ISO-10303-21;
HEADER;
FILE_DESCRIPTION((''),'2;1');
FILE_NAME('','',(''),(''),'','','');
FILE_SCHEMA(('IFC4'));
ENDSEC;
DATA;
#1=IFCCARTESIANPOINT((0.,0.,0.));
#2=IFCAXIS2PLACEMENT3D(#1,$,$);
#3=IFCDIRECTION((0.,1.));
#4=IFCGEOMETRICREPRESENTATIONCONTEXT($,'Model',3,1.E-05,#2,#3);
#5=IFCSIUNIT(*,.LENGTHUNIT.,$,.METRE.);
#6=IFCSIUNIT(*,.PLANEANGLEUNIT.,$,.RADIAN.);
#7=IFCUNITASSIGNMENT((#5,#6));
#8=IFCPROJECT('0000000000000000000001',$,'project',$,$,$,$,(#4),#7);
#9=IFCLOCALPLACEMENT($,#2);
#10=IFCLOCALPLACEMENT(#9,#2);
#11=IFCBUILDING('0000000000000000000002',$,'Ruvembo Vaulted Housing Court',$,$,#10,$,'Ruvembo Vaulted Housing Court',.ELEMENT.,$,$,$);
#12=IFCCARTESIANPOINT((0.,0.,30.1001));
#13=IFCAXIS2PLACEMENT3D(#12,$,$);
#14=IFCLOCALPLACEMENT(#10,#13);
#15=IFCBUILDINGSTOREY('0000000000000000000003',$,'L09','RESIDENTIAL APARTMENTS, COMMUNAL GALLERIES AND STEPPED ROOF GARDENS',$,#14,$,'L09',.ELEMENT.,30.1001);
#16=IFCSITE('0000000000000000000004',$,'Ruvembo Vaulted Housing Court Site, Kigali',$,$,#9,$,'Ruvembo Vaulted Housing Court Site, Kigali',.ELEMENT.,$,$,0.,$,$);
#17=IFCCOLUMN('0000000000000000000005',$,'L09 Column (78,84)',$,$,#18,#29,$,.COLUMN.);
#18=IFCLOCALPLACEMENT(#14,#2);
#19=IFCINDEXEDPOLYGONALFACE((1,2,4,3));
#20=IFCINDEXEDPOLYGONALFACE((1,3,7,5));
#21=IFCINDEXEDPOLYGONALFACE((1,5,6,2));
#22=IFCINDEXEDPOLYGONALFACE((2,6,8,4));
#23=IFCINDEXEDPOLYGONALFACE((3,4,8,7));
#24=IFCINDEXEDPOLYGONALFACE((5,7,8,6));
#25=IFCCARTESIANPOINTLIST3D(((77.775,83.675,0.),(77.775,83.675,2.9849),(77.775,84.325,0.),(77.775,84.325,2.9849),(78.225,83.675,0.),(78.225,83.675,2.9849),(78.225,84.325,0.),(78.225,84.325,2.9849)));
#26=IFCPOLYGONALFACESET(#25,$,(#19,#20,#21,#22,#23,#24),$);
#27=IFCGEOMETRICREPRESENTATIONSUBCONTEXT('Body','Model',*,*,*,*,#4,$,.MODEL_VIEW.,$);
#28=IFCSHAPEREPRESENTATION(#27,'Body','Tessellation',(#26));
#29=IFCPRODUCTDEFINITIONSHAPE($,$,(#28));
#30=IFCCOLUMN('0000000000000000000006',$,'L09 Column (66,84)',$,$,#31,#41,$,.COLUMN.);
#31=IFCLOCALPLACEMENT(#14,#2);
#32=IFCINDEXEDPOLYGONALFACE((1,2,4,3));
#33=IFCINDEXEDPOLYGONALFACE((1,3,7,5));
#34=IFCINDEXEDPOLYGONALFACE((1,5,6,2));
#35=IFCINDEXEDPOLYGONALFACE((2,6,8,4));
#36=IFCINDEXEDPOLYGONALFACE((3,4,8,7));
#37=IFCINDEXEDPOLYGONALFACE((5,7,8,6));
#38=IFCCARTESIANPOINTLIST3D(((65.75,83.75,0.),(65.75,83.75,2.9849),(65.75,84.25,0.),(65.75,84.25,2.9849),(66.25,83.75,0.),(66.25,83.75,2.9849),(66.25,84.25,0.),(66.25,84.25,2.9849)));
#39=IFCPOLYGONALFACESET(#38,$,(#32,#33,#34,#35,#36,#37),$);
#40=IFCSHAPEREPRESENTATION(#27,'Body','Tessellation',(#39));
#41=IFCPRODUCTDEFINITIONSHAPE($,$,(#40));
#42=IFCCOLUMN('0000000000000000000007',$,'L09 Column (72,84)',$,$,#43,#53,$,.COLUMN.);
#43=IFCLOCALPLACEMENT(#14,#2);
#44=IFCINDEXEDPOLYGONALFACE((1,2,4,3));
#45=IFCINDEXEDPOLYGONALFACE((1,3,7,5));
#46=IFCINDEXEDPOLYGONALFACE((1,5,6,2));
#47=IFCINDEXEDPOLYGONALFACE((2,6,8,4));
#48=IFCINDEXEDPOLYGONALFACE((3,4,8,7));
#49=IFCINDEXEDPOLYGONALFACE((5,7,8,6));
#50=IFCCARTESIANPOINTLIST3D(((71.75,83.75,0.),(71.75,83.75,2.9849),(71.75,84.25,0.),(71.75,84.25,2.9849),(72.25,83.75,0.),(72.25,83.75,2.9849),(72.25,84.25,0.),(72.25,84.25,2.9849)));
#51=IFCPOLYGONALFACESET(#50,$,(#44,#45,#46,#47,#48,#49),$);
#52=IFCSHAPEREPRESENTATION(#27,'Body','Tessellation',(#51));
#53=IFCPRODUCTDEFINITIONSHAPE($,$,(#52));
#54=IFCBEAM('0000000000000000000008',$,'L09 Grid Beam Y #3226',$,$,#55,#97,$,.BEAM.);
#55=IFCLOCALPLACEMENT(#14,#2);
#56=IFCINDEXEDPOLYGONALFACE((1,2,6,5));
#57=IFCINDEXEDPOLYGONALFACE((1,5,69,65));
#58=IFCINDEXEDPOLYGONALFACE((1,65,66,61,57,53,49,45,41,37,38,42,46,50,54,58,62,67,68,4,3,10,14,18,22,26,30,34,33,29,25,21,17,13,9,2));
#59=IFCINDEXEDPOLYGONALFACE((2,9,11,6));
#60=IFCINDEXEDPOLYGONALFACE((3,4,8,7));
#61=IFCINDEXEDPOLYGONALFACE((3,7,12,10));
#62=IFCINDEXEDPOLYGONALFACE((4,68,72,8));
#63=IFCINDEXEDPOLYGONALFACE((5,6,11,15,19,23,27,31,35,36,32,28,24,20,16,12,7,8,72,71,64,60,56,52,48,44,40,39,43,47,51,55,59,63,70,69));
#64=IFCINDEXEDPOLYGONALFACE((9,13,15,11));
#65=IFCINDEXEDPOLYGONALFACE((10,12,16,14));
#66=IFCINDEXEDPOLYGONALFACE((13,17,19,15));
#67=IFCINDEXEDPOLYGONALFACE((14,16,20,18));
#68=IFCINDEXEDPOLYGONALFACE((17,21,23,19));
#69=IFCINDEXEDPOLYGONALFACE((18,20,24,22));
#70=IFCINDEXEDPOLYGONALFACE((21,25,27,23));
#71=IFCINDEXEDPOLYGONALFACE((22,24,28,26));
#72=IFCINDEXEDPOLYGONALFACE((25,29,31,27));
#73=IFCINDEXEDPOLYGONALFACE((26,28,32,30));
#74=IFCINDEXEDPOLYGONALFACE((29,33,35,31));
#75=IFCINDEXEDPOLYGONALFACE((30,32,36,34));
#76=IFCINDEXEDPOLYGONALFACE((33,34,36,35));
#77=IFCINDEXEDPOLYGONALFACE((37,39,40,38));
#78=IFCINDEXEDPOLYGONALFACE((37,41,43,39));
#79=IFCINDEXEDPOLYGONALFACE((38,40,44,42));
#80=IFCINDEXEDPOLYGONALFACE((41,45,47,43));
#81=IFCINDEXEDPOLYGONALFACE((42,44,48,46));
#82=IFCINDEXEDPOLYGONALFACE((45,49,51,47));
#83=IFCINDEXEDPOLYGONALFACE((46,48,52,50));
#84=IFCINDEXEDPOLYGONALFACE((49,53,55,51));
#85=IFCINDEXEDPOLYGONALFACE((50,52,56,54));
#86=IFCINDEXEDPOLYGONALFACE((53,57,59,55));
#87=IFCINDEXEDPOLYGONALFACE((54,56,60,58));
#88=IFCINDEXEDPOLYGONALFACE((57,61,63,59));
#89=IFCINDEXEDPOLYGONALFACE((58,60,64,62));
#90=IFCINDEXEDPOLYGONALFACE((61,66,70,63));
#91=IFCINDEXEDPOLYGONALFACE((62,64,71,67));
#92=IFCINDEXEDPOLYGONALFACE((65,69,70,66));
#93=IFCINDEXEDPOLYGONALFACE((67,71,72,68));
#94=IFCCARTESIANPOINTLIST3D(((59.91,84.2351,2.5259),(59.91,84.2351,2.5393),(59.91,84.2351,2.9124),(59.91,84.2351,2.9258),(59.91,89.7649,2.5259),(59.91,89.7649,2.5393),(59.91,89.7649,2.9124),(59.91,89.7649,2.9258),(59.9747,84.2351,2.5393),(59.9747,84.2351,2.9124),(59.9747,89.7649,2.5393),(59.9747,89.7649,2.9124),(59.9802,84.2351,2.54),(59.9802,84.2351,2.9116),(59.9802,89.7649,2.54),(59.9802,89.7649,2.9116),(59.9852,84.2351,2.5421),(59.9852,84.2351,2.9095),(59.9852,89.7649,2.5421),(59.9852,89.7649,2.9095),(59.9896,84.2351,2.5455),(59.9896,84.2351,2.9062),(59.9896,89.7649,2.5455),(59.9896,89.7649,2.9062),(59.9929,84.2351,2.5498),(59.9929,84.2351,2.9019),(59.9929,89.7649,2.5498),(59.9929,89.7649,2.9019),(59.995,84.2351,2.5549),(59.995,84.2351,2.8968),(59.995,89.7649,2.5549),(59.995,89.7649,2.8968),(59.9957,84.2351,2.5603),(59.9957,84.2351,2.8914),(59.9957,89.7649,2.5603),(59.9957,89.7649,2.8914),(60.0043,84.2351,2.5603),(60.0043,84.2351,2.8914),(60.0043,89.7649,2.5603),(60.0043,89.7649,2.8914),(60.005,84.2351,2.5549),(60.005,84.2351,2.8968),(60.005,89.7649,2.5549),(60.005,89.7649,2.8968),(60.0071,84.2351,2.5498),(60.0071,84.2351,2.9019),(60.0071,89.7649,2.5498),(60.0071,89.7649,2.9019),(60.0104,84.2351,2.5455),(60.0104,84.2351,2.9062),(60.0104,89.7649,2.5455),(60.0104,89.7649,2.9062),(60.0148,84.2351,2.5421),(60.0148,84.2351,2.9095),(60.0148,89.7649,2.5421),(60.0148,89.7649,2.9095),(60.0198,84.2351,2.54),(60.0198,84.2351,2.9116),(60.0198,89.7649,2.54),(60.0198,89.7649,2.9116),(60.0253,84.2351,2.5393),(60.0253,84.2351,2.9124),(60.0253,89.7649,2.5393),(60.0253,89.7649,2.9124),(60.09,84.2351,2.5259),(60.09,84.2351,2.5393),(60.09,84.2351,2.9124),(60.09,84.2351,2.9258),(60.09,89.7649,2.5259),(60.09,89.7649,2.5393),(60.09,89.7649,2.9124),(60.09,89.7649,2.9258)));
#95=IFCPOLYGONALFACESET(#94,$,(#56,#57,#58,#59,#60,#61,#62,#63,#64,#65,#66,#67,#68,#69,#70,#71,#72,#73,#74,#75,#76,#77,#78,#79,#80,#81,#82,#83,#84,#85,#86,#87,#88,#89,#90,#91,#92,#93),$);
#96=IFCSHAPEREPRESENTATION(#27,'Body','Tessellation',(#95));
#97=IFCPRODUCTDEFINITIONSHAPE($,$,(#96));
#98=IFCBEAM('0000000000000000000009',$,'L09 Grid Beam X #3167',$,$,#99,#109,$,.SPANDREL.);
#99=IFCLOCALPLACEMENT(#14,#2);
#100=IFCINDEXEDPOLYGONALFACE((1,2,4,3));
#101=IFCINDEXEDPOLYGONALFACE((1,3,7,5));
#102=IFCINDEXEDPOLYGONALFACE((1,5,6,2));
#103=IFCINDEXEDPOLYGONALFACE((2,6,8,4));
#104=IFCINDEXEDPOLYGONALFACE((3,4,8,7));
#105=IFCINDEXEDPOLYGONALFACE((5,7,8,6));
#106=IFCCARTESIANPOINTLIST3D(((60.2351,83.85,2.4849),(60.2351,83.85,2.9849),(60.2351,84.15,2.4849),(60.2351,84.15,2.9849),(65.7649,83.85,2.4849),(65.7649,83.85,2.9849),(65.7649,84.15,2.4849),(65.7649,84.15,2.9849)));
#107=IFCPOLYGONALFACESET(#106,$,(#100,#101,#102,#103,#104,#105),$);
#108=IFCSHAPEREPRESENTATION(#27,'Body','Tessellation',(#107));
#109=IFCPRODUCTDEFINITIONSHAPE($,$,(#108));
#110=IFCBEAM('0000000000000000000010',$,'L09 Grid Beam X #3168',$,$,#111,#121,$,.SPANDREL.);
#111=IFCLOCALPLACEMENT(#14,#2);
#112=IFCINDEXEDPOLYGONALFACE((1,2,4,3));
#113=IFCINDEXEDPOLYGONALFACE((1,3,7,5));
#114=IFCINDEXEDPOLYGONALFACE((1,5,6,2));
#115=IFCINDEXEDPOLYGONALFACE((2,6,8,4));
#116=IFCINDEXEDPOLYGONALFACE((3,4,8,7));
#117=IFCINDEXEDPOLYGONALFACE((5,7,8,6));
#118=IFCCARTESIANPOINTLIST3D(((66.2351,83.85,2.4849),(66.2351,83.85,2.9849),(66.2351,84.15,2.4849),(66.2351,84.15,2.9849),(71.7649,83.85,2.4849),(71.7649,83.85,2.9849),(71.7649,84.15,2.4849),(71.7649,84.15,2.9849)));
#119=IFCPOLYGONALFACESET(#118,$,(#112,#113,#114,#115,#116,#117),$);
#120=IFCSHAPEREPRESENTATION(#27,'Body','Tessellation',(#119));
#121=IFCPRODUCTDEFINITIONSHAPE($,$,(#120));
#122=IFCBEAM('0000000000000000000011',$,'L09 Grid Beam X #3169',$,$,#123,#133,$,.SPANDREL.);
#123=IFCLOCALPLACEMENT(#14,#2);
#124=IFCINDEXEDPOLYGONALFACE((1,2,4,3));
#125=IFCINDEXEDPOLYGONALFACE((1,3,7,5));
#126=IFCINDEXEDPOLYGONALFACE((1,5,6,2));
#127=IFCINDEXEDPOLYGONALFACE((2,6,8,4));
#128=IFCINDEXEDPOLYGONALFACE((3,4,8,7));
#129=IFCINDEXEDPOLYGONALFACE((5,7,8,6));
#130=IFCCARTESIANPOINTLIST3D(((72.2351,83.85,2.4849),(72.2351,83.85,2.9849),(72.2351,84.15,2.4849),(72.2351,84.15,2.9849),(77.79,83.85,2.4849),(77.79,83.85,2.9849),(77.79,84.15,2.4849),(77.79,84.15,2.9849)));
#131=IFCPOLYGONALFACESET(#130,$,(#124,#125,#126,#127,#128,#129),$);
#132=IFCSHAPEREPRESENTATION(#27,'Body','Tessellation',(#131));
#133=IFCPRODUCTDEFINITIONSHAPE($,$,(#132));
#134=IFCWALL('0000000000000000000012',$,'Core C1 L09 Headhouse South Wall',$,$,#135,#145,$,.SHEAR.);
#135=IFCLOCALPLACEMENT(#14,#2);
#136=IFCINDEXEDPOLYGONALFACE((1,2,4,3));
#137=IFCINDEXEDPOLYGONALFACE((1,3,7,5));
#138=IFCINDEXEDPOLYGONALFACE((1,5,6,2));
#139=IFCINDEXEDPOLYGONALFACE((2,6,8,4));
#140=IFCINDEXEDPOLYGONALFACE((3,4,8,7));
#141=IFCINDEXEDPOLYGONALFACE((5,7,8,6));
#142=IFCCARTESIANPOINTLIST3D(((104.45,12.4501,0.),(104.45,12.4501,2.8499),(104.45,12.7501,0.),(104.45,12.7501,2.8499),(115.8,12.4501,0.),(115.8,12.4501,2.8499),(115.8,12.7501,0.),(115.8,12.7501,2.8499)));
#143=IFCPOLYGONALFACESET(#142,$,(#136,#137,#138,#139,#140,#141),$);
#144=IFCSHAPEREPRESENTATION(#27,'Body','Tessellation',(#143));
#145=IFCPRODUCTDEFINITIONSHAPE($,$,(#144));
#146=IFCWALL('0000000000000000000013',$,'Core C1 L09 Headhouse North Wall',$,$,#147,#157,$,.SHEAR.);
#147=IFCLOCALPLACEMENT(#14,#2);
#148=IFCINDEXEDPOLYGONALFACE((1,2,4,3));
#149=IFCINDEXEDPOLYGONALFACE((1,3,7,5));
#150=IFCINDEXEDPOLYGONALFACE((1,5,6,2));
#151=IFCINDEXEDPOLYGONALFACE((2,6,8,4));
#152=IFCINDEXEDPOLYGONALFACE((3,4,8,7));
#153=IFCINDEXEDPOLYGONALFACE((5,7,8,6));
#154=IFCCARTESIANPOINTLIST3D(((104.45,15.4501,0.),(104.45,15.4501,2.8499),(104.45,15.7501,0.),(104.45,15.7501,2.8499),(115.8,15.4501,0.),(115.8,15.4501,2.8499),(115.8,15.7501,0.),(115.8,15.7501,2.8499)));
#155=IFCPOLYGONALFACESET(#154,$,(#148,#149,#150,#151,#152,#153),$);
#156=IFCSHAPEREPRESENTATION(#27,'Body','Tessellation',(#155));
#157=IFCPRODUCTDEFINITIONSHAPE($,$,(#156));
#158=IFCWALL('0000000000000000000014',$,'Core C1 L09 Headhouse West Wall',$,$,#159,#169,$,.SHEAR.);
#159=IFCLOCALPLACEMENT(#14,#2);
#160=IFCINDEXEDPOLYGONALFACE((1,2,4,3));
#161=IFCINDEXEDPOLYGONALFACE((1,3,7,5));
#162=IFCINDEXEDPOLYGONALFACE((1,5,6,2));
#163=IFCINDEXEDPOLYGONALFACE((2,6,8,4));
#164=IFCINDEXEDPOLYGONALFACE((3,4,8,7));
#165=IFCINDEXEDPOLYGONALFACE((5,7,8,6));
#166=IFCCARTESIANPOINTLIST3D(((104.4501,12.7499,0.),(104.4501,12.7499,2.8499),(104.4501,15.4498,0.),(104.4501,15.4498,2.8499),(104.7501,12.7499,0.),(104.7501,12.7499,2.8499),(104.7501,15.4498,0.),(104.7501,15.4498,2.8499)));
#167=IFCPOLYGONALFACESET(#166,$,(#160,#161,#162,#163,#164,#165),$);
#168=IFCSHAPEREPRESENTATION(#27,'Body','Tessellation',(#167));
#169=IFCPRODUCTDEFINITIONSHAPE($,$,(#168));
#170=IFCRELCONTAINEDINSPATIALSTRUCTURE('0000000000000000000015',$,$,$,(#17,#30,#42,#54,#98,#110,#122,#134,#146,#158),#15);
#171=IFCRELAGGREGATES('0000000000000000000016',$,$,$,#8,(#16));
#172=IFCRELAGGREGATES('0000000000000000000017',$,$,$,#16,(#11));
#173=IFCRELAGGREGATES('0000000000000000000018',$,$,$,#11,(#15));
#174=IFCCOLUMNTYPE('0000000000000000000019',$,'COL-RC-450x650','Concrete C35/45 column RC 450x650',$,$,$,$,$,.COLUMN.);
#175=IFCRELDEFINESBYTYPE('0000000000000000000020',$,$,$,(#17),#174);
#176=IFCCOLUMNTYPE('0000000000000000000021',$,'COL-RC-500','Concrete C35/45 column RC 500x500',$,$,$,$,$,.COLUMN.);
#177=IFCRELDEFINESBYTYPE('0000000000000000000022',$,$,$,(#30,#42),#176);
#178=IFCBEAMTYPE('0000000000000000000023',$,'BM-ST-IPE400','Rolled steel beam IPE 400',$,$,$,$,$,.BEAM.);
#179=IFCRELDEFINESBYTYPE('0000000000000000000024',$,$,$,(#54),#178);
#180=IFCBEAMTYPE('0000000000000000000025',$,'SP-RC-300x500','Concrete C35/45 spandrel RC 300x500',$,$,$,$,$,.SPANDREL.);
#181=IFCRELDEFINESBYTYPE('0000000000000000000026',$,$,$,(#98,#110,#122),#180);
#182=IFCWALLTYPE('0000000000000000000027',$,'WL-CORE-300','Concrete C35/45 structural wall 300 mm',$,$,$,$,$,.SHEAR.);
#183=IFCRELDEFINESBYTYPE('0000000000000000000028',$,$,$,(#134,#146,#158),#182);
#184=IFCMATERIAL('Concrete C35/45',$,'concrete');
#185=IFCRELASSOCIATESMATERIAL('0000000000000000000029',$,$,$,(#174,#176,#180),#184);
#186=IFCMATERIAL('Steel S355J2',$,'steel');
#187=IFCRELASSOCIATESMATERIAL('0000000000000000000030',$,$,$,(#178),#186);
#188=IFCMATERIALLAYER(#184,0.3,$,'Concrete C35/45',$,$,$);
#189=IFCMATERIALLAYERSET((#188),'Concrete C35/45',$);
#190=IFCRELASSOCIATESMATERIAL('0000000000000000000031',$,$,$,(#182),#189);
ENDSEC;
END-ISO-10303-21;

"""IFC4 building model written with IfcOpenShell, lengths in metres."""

from ifc_helpers import new_model, si_unit, direction, frame, frame_2d, origin, origin_2d, place, context, subcontext, project, spatial, rectangle, i_section, extrude, material, layer, layer_set, material_profile, profile_set, type_object, element, save


model = new_model("IFC4")

# Units and contexts
model_context = context("Model", 3, precision=1e-05, world=origin(), true_north=direction((0.0, 1.0)))
body_context = subcontext(model_context, "Body", "Model", "MODEL_VIEW")
ifc_project = project(units=[si_unit("LENGTHUNIT", "METRE"), si_unit("PLANEANGLEUNIT", "RADIAN")], contexts=[model_context])

# Site, building, storey
site_placement = place(None, origin())
site = spatial("IfcSite", under=ifc_project, at=site_placement, Name="Ruvembo Vaulted Housing Court Site, Kigali", LongName="Ruvembo Vaulted Housing Court Site, Kigali", CompositionType="ELEMENT", RefElevation=0.0)
building_placement = place(site_placement, origin())
building = spatial("IfcBuilding", under=site, at=building_placement, Name="Ruvembo Vaulted Housing Court", LongName="Ruvembo Vaulted Housing Court", CompositionType="ELEMENT")
storey_placement = place(building_placement, frame((0.0, 0.0, 30.1001)))
storey = spatial("IfcBuildingStorey", under=building, at=storey_placement, Name="L09", Description="RESIDENTIAL APARTMENTS, COMMUNAL GALLERIES AND STEPPED ROOF GARDENS", LongName="L09", CompositionType="ELEMENT", Elevation=30.1001)

# Columns
ifc_material_1 = material(Name="Concrete C35/45", Category="concrete")
ifc_material_profile_1 = material_profile(ifc_material_1, rectangle(XDim=0.45, YDim=0.6499, at=origin_2d()), Name="RC 450x650")
ifc_profile_set_1 = profile_set([ifc_material_profile_1], Name="Concrete C35/45")
column_type_1 = type_object("IfcColumnType", Name="COL-RC-450x650", Description="Concrete C35/45 column RC 450x650", PredefinedType="COLUMN", material=ifc_profile_set_1)
column_placement = place(storey_placement, frame((78.0, 84.0, 0.0), z_axis=(0.0, 0.0, 1.0), x_axis=(1.0, 0.0, 0.0)))
element("IfcColumn", 1, at=column_placement, inside=storey, type_object=column_type_1, Name="L09 Column (78,84)", PredefinedType="COLUMN", context=body_context, shape_type="SweptSolid", body=[
    extrude(rectangle(XDim=0.45, YDim=0.6499, at=origin_2d()), origin(), (0.0, 0.0, 1.0), 2.9849),
])
ifc_material_profile_2 = material_profile(ifc_material_1, rectangle(XDim=0.5, YDim=0.5, at=origin_2d()), Name="RC 500x500")
ifc_profile_set_2 = profile_set([ifc_material_profile_2], Name="Concrete C35/45")
column_type_2 = type_object("IfcColumnType", Name="COL-RC-500", Description="Concrete C35/45 column RC 500x500", PredefinedType="COLUMN", material=ifc_profile_set_2)
for number, where, z_axis, x_axis, name in (
    (2, (66.0, 84.0, 0.0), (0.0, 0.0, 1.0), (1.0, 0.0, 0.0), "L09 Column (66,84)"),
    (3, (72.0, 84.0, 0.0), (0.0, 0.0, 1.0), (1.0, 0.0, 0.0), "L09 Column (72,84)"),
):
    element("IfcColumn", number, at=place(storey_placement, frame(where, z_axis=z_axis, x_axis=x_axis)), inside=storey, type_object=column_type_2, Name=name, PredefinedType="COLUMN", context=body_context, shape_type="SweptSolid", body=[
        extrude(rectangle(XDim=0.5, YDim=0.5, at=origin_2d()), origin(), (0.0, 0.0, 1.0), 2.9849),
    ])

# Beams
ifc_material_2 = material(Name="Steel S355J2", Category="steel")
ifc_material_profile_3 = material_profile(ifc_material_2, i_section(OverallWidth=0.1799, OverallDepth=0.3999, WebThickness=0.0085, FlangeThickness=0.0134, FilletRadius=0.021, at=origin_2d()), Name="IPE 400")
ifc_profile_set_3 = profile_set([ifc_material_profile_3], Name="Steel S355J2")
beam_type_1 = type_object("IfcBeamType", Name="BM-ST-IPE400", Description="Rolled steel beam IPE 400", PredefinedType="BEAM", material=ifc_profile_set_3)
beam_1_placement = place(storey_placement, frame((60.0, 84.2351, 2.7258), z_axis=(0.0, 1.0, 0.0), x_axis=(-1.0, 0.0, 0.0)))
element("IfcBeam", 4, at=beam_1_placement, inside=storey, type_object=beam_type_1, Name="L09 Grid Beam Y #3226", PredefinedType="BEAM", context=body_context, shape_type="SweptSolid", body=[
    extrude(i_section(OverallWidth=0.1799, OverallDepth=0.3999, WebThickness=0.0085, FlangeThickness=0.0134, FilletRadius=0.021, at=origin_2d()), origin(), (0.0, 0.0, 1.0), 5.5298),
])
ifc_material_profile_4 = material_profile(ifc_material_1, rectangle(XDim=0.3, YDim=0.5, at=origin_2d()), Name="RC 300x500")
ifc_profile_set_4 = profile_set([ifc_material_profile_4], Name="Concrete C35/45")
beam_type_2 = type_object("IfcBeamType", Name="SP-RC-300x500", Description="Concrete C35/45 spandrel RC 300x500", PredefinedType="SPANDREL", material=ifc_profile_set_4)
for number, where, z_axis, x_axis, name in (
    (5, (60.2351, 84.0, 2.7349), (1.0, 0.0, 0.0), (0.0, 1.0, 0.0), "L09 Grid Beam X #3167"),
    (6, (66.2351, 84.0, 2.7349), (1.0, 0.0, 0.0), (0.0, 1.0, 0.0), "L09 Grid Beam X #3168"),
):
    element("IfcBeam", number, at=place(storey_placement, frame(where, z_axis=z_axis, x_axis=x_axis)), inside=storey, type_object=beam_type_2, Name=name, PredefinedType="SPANDREL", context=body_context, shape_type="SweptSolid", body=[
        extrude(rectangle(XDim=0.3, YDim=0.5, at=origin_2d()), origin(), (0.0, 0.0, 1.0), 5.5298),
    ])
beam_2_placement = place(storey_placement, frame((72.2351, 84.0, 2.7349), z_axis=(1.0, 0.0, 0.0), x_axis=(0.0, 1.0, 0.0)))
element("IfcBeam", 7, at=beam_2_placement, inside=storey, type_object=beam_type_2, Name="L09 Grid Beam X #3169", PredefinedType="SPANDREL", context=body_context, shape_type="SweptSolid", body=[
    extrude(rectangle(XDim=0.3, YDim=0.5, at=origin_2d()), origin(), (0.0, 0.0, 1.0), 5.5549),
])

# Walls
ifc_layer_1 = layer(ifc_material_1, 0.3, Name="Concrete C35/45")
ifc_layer_set_1 = layer_set([ifc_layer_1], Name="Concrete C35/45")
wall_type_1 = type_object("IfcWallType", Name="WL-CORE-300", Description="Concrete C35/45 structural wall 300 mm", PredefinedType="SHEAR", material=ifc_layer_set_1)
for number, where, z_axis, x_axis, name in (
    (8, (104.45, 12.6001, 0.0), (0.0, 0.0, 1.0), (1.0, 0.0, 0.0), "Core C1 L09 Headhouse South Wall"),
    (9, (115.8, 15.6001, 0.0), (0.0, 0.0, 1.0), (-1.0, 0.0, 0.0), "Core C1 L09 Headhouse North Wall"),
):
    element("IfcWall", number, at=place(storey_placement, frame(where, z_axis=z_axis, x_axis=x_axis)), inside=storey, type_object=wall_type_1, Name=name, PredefinedType="SHEAR", context=body_context, shape_type="SweptSolid", body=[
        extrude(rectangle(XDim=11.3501, YDim=0.3, at=frame_2d((5.675, 0.0))), origin(), (0.0, 0.0, 1.0), 2.8499),
    ])
wall_1_placement = place(storey_placement, frame((104.6001, 15.45, 0.0), z_axis=(0.0, 0.0, 1.0), x_axis=(0.0, -1.0, 0.0)))
element("IfcWall", 10, at=wall_1_placement, inside=storey, type_object=wall_type_1, Name="Core C1 L09 Headhouse West Wall", PredefinedType="SHEAR", context=body_context, shape_type="SweptSolid", body=[
    extrude(rectangle(XDim=2.7, YDim=0.3, at=frame_2d((1.3501, 0.0))), origin(), (0.0, 0.0, 1.0), 2.8499),
])

save(model, "model.ifc")
